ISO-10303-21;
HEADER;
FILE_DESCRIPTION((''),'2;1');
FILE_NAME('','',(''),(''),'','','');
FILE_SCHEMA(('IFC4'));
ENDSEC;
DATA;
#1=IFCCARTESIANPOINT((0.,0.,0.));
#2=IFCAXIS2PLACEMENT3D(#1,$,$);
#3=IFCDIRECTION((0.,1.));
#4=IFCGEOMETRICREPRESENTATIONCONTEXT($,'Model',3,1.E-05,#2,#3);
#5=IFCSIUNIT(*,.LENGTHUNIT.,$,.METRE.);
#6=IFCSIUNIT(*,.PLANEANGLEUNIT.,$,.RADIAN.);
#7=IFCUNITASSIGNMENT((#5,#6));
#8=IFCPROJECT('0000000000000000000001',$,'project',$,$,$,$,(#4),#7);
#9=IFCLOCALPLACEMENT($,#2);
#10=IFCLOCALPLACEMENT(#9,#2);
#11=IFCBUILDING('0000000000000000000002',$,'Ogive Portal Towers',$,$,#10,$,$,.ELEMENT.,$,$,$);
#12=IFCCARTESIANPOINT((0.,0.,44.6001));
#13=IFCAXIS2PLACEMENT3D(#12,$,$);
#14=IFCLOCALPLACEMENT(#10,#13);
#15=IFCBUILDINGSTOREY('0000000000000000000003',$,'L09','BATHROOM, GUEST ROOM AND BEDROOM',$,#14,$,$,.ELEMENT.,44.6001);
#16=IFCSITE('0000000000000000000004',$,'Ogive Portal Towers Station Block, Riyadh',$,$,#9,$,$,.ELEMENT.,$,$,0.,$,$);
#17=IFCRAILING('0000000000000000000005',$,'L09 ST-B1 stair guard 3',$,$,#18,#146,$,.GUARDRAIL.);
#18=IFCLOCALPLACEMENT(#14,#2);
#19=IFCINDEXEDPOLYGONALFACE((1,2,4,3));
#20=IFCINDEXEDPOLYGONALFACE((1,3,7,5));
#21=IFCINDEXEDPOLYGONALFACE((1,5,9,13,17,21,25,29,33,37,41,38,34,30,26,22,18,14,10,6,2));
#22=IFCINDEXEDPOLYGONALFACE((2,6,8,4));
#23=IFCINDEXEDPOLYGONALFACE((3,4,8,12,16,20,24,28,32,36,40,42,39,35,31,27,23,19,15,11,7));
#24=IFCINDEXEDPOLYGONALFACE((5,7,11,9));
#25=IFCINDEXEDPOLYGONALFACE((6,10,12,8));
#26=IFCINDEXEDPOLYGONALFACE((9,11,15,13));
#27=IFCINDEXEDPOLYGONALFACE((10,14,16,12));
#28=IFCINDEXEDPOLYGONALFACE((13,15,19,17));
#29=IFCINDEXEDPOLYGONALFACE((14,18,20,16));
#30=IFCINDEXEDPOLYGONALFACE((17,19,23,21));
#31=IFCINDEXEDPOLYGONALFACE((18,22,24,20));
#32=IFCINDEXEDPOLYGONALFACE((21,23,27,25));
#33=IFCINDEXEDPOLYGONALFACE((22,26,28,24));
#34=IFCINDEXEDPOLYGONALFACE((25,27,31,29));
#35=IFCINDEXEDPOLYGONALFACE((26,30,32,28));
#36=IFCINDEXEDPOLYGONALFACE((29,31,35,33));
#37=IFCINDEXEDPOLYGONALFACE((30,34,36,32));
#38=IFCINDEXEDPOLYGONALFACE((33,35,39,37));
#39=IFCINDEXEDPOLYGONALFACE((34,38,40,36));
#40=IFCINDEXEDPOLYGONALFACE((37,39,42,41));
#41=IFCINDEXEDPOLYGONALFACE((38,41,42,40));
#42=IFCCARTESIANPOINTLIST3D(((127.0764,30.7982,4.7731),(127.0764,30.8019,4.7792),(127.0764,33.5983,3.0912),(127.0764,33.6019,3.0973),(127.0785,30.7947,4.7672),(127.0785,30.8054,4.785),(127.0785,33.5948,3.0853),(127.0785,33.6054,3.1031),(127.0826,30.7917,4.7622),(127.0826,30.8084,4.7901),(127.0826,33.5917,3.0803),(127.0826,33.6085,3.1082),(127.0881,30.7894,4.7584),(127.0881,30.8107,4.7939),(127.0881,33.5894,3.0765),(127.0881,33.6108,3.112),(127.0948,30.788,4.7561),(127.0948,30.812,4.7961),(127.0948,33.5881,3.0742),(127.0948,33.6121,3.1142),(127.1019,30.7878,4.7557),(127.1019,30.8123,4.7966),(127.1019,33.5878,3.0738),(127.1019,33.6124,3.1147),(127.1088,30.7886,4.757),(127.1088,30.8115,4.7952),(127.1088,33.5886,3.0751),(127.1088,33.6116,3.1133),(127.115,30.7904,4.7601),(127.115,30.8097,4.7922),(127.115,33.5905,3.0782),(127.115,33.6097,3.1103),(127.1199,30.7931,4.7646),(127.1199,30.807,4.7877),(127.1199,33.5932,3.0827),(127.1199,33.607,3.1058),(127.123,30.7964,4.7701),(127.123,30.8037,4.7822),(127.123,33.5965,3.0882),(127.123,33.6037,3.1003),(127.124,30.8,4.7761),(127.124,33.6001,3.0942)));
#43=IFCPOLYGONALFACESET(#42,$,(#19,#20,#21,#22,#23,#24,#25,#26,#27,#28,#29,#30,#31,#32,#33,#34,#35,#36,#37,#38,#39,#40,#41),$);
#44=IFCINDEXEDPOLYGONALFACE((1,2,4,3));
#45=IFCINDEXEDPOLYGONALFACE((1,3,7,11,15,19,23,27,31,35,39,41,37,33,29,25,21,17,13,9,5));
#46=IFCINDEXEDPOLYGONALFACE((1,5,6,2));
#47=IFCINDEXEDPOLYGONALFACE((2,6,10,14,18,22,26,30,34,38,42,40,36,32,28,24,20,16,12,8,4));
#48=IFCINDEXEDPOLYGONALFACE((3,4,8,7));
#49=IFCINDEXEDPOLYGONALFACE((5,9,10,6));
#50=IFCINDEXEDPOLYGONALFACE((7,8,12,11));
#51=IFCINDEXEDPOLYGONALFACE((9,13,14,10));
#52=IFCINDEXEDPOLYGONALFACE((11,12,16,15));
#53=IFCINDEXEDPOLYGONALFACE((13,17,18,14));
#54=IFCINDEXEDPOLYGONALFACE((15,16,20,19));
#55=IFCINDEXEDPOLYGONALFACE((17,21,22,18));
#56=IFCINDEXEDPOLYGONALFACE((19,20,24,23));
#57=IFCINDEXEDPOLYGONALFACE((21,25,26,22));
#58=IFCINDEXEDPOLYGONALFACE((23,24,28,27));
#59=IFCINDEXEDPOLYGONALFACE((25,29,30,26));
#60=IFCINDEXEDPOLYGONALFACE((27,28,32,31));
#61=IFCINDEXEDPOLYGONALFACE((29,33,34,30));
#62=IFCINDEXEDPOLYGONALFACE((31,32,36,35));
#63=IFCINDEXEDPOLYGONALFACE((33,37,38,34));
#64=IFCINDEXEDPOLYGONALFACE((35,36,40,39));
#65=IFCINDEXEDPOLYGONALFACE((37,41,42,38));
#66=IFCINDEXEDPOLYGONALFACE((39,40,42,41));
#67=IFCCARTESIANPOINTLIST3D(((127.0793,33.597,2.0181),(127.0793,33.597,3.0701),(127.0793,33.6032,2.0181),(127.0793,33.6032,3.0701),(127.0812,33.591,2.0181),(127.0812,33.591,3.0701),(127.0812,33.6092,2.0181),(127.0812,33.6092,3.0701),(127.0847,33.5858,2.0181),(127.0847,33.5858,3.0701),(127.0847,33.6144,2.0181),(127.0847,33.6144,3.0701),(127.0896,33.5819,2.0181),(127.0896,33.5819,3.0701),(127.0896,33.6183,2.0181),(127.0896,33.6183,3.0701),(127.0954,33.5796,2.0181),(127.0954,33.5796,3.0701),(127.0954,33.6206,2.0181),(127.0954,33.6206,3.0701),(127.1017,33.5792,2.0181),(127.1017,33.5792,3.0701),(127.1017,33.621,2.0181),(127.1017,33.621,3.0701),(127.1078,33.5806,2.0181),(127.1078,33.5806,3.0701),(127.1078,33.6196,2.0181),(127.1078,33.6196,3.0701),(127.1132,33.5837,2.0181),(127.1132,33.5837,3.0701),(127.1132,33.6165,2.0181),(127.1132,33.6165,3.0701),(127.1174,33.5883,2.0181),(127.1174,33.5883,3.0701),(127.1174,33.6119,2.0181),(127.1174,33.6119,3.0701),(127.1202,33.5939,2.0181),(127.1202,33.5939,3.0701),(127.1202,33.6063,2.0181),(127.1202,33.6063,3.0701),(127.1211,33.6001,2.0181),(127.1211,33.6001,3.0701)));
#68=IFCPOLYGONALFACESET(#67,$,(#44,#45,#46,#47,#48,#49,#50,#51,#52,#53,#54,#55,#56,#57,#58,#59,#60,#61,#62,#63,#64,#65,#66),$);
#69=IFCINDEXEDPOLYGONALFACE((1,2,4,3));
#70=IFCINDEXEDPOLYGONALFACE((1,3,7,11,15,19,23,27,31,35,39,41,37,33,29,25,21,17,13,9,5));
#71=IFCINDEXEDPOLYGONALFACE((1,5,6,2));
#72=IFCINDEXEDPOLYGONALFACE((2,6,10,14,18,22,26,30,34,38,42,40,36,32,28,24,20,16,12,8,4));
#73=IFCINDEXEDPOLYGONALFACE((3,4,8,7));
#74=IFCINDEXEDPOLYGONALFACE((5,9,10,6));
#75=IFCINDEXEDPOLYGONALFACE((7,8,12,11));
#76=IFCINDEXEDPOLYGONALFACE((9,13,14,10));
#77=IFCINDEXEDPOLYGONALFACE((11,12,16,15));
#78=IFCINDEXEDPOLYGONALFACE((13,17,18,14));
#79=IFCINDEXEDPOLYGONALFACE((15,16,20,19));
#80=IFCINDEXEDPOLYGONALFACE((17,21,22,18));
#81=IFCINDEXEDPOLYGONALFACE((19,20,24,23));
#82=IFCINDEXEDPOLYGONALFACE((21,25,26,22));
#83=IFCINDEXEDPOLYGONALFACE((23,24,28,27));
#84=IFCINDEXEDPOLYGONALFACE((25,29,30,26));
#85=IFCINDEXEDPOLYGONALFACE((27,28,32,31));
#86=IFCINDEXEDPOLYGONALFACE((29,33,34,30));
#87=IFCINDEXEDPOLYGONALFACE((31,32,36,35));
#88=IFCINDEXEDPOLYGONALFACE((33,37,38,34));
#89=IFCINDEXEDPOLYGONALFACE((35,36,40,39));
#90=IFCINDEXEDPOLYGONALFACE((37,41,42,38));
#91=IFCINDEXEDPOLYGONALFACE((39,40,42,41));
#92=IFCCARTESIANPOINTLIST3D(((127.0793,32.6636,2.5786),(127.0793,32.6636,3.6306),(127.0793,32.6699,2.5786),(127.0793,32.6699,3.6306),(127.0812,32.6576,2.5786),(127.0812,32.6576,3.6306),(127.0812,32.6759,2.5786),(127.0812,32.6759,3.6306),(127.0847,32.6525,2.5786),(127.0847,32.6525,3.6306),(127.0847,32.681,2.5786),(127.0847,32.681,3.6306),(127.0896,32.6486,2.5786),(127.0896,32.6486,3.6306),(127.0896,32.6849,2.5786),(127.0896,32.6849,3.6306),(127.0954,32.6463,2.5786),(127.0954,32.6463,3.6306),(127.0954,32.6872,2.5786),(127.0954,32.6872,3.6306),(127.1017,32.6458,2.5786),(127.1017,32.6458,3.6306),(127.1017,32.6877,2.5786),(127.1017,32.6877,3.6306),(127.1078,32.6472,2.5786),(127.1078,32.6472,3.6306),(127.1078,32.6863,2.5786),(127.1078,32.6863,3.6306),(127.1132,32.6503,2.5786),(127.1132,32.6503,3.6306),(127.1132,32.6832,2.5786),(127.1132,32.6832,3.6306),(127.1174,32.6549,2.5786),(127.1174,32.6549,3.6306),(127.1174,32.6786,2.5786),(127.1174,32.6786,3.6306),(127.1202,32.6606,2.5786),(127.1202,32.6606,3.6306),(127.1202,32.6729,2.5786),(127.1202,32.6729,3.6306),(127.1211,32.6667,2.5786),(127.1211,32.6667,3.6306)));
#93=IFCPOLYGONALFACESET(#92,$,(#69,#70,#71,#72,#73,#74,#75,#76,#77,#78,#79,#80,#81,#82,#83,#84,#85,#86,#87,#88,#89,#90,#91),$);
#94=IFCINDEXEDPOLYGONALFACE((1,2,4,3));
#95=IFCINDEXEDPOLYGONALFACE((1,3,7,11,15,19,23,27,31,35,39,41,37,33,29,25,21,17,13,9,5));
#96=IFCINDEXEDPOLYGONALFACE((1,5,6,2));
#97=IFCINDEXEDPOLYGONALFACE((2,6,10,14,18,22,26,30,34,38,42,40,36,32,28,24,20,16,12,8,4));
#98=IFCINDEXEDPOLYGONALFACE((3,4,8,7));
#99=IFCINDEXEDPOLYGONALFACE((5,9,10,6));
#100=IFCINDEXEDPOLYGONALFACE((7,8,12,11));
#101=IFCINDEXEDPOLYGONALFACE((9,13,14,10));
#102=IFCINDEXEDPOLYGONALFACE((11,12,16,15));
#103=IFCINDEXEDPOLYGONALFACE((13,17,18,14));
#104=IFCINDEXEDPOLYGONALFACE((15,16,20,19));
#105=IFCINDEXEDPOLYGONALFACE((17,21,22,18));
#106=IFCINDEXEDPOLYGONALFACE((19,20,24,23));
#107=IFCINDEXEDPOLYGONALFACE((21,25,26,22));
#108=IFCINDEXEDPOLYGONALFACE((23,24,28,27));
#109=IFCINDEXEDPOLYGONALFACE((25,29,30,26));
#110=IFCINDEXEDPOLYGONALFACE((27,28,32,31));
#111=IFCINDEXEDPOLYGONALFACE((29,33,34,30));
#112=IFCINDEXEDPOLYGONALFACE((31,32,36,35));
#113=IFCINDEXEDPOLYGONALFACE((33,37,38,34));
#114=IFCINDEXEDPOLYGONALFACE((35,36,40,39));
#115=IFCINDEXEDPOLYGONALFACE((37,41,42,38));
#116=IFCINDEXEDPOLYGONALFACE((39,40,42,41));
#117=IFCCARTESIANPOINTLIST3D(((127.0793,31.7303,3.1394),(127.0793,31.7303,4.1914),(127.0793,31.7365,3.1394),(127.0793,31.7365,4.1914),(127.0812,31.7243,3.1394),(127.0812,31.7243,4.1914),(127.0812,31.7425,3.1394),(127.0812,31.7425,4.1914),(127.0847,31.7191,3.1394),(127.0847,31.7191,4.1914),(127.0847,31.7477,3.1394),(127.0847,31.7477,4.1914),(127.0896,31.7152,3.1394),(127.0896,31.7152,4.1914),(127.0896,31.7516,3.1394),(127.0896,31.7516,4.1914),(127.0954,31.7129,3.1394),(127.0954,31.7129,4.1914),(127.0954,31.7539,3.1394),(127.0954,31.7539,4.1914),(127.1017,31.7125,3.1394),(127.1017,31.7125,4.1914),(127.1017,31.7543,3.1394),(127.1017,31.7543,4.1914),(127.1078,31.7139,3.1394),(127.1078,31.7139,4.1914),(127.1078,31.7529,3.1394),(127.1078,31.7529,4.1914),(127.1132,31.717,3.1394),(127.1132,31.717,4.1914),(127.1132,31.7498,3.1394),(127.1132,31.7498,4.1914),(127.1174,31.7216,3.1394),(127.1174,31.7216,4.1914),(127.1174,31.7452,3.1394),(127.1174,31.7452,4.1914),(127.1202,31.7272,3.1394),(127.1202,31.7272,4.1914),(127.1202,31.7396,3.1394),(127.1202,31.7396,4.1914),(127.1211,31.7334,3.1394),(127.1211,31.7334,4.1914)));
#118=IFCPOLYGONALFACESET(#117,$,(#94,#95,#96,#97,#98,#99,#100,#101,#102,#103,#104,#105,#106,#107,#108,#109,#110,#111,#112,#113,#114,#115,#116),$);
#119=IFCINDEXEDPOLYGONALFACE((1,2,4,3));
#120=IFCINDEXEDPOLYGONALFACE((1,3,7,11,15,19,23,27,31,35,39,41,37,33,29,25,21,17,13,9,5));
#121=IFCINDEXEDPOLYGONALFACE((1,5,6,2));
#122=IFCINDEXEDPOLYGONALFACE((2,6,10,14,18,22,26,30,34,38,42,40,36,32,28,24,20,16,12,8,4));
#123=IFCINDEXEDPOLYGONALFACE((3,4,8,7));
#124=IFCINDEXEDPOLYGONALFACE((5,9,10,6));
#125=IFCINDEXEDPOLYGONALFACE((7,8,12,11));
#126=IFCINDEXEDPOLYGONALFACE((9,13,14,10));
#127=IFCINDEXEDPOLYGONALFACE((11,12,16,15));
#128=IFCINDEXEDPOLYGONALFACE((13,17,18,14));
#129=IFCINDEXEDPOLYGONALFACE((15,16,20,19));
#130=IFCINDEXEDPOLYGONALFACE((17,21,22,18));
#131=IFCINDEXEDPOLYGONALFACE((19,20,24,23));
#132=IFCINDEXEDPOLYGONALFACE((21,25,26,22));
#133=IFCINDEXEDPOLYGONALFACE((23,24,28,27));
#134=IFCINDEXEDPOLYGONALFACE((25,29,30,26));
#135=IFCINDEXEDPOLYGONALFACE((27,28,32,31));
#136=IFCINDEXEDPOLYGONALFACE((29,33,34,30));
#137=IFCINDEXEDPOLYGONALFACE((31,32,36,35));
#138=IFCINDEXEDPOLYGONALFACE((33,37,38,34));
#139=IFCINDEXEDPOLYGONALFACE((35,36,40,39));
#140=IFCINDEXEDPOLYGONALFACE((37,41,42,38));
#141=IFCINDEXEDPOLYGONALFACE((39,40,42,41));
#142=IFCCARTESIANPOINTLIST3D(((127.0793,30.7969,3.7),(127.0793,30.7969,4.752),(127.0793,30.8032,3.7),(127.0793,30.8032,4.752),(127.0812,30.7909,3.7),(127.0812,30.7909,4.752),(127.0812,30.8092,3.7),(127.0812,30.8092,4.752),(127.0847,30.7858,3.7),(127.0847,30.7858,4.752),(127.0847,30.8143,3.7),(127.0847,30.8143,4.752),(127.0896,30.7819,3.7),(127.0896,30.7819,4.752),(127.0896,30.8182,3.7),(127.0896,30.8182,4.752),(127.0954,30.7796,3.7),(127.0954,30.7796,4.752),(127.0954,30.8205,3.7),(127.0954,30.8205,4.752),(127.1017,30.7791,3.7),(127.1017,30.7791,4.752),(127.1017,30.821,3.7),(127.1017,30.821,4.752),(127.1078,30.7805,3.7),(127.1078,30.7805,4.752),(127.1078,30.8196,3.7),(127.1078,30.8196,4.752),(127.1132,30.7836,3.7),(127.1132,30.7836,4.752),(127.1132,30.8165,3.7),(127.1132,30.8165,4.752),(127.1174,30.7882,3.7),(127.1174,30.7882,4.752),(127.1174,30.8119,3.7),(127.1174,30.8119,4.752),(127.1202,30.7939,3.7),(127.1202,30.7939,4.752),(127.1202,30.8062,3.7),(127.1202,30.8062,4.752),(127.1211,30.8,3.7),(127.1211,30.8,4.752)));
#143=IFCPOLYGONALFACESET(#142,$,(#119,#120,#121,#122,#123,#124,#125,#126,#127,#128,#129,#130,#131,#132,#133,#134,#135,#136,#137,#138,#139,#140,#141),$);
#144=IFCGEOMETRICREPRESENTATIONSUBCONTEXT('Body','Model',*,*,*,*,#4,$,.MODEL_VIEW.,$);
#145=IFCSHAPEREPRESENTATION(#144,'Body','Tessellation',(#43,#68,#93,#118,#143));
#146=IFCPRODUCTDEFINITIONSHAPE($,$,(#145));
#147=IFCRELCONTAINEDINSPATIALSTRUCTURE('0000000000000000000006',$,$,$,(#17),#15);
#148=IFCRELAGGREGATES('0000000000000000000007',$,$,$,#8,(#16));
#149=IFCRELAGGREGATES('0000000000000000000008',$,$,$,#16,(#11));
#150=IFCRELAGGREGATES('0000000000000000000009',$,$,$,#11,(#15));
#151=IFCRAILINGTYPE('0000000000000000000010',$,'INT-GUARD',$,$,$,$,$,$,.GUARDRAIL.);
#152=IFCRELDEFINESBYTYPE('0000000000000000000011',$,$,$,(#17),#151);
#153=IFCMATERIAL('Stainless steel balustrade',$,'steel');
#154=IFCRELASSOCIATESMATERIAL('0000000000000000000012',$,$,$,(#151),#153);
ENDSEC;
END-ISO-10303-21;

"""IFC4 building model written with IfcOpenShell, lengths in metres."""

from ifc_helpers import new_model, si_unit, direction, frame, origin, origin_2d, place, context, subcontext, project, spatial, circle, extrude, material, type_object, element, save


model = new_model("IFC4")

# Units and contexts
model_context = context("Model", 3, precision=1e-05, world=origin(), true_north=direction((0.0, 1.0)))
body_context = subcontext(model_context, "Body", "Model", "MODEL_VIEW")
ifc_project = project(units=[si_unit("LENGTHUNIT", "METRE"), si_unit("PLANEANGLEUNIT", "RADIAN")], contexts=[model_context])

# Site, building, storey
site_placement = place(None, origin())
site = spatial("IfcSite", under=ifc_project, at=site_placement, Name="Ogive Portal Towers Station Block, Riyadh", CompositionType="ELEMENT", RefElevation=0.0)
building_placement = place(site_placement, origin())
building = spatial("IfcBuilding", under=site, at=building_placement, Name="Ogive Portal Towers", CompositionType="ELEMENT")
storey_placement = place(building_placement, frame((0.0, 0.0, 44.6001)))
storey = spatial("IfcBuildingStorey", under=building, at=storey_placement, Name="L09", Description="BATHROOM, GUEST ROOM AND BEDROOM", CompositionType="ELEMENT", Elevation=44.6001)

# Railing
ifc_material_1 = material(Name="Stainless steel balustrade", Category="steel")
railing_type_1 = type_object("IfcRailingType", Name="INT-GUARD", PredefinedType="GUARDRAIL", material=ifc_material_1)
railing_1_placement = place(storey_placement, frame((127.1001, 33.6001, 2.0181)))
element("IfcRailing", 1, at=railing_1_placement, inside=storey, type_object=railing_type_1, Name="L09 ST-B1 stair guard 3", PredefinedType="GUARDRAIL", context=body_context, shape_type="SweptSolid", body=[
    extrude(circle(Radius=0.0239, at=origin_2d()), frame((0.0, 0.0, 1.0762), z_axis=(0.0, -0.857242, 0.514913), x_axis=(1.0, 0.0, 0.0)), (0.0, 0.0, 1.0), 3.2664),
    extrude(circle(Radius=0.021, at=origin_2d()), origin(), (0.0, 0.0, 1.0), 1.052),
    extrude(circle(Radius=0.021, at=origin_2d()), frame((0.0, -0.9333, 0.5605)), (0.0, 0.0, 1.0), 1.052),
    extrude(circle(Radius=0.021, at=origin_2d()), frame((0.0, -1.8667, 1.1213)), (0.0, 0.0, 1.0), 1.052),
    extrude(circle(Radius=0.021, at=origin_2d()), frame((0.0, -2.8, 1.6819)), (0.0, 0.0, 1.0), 1.052),
])

save(model, "model.ifc")
